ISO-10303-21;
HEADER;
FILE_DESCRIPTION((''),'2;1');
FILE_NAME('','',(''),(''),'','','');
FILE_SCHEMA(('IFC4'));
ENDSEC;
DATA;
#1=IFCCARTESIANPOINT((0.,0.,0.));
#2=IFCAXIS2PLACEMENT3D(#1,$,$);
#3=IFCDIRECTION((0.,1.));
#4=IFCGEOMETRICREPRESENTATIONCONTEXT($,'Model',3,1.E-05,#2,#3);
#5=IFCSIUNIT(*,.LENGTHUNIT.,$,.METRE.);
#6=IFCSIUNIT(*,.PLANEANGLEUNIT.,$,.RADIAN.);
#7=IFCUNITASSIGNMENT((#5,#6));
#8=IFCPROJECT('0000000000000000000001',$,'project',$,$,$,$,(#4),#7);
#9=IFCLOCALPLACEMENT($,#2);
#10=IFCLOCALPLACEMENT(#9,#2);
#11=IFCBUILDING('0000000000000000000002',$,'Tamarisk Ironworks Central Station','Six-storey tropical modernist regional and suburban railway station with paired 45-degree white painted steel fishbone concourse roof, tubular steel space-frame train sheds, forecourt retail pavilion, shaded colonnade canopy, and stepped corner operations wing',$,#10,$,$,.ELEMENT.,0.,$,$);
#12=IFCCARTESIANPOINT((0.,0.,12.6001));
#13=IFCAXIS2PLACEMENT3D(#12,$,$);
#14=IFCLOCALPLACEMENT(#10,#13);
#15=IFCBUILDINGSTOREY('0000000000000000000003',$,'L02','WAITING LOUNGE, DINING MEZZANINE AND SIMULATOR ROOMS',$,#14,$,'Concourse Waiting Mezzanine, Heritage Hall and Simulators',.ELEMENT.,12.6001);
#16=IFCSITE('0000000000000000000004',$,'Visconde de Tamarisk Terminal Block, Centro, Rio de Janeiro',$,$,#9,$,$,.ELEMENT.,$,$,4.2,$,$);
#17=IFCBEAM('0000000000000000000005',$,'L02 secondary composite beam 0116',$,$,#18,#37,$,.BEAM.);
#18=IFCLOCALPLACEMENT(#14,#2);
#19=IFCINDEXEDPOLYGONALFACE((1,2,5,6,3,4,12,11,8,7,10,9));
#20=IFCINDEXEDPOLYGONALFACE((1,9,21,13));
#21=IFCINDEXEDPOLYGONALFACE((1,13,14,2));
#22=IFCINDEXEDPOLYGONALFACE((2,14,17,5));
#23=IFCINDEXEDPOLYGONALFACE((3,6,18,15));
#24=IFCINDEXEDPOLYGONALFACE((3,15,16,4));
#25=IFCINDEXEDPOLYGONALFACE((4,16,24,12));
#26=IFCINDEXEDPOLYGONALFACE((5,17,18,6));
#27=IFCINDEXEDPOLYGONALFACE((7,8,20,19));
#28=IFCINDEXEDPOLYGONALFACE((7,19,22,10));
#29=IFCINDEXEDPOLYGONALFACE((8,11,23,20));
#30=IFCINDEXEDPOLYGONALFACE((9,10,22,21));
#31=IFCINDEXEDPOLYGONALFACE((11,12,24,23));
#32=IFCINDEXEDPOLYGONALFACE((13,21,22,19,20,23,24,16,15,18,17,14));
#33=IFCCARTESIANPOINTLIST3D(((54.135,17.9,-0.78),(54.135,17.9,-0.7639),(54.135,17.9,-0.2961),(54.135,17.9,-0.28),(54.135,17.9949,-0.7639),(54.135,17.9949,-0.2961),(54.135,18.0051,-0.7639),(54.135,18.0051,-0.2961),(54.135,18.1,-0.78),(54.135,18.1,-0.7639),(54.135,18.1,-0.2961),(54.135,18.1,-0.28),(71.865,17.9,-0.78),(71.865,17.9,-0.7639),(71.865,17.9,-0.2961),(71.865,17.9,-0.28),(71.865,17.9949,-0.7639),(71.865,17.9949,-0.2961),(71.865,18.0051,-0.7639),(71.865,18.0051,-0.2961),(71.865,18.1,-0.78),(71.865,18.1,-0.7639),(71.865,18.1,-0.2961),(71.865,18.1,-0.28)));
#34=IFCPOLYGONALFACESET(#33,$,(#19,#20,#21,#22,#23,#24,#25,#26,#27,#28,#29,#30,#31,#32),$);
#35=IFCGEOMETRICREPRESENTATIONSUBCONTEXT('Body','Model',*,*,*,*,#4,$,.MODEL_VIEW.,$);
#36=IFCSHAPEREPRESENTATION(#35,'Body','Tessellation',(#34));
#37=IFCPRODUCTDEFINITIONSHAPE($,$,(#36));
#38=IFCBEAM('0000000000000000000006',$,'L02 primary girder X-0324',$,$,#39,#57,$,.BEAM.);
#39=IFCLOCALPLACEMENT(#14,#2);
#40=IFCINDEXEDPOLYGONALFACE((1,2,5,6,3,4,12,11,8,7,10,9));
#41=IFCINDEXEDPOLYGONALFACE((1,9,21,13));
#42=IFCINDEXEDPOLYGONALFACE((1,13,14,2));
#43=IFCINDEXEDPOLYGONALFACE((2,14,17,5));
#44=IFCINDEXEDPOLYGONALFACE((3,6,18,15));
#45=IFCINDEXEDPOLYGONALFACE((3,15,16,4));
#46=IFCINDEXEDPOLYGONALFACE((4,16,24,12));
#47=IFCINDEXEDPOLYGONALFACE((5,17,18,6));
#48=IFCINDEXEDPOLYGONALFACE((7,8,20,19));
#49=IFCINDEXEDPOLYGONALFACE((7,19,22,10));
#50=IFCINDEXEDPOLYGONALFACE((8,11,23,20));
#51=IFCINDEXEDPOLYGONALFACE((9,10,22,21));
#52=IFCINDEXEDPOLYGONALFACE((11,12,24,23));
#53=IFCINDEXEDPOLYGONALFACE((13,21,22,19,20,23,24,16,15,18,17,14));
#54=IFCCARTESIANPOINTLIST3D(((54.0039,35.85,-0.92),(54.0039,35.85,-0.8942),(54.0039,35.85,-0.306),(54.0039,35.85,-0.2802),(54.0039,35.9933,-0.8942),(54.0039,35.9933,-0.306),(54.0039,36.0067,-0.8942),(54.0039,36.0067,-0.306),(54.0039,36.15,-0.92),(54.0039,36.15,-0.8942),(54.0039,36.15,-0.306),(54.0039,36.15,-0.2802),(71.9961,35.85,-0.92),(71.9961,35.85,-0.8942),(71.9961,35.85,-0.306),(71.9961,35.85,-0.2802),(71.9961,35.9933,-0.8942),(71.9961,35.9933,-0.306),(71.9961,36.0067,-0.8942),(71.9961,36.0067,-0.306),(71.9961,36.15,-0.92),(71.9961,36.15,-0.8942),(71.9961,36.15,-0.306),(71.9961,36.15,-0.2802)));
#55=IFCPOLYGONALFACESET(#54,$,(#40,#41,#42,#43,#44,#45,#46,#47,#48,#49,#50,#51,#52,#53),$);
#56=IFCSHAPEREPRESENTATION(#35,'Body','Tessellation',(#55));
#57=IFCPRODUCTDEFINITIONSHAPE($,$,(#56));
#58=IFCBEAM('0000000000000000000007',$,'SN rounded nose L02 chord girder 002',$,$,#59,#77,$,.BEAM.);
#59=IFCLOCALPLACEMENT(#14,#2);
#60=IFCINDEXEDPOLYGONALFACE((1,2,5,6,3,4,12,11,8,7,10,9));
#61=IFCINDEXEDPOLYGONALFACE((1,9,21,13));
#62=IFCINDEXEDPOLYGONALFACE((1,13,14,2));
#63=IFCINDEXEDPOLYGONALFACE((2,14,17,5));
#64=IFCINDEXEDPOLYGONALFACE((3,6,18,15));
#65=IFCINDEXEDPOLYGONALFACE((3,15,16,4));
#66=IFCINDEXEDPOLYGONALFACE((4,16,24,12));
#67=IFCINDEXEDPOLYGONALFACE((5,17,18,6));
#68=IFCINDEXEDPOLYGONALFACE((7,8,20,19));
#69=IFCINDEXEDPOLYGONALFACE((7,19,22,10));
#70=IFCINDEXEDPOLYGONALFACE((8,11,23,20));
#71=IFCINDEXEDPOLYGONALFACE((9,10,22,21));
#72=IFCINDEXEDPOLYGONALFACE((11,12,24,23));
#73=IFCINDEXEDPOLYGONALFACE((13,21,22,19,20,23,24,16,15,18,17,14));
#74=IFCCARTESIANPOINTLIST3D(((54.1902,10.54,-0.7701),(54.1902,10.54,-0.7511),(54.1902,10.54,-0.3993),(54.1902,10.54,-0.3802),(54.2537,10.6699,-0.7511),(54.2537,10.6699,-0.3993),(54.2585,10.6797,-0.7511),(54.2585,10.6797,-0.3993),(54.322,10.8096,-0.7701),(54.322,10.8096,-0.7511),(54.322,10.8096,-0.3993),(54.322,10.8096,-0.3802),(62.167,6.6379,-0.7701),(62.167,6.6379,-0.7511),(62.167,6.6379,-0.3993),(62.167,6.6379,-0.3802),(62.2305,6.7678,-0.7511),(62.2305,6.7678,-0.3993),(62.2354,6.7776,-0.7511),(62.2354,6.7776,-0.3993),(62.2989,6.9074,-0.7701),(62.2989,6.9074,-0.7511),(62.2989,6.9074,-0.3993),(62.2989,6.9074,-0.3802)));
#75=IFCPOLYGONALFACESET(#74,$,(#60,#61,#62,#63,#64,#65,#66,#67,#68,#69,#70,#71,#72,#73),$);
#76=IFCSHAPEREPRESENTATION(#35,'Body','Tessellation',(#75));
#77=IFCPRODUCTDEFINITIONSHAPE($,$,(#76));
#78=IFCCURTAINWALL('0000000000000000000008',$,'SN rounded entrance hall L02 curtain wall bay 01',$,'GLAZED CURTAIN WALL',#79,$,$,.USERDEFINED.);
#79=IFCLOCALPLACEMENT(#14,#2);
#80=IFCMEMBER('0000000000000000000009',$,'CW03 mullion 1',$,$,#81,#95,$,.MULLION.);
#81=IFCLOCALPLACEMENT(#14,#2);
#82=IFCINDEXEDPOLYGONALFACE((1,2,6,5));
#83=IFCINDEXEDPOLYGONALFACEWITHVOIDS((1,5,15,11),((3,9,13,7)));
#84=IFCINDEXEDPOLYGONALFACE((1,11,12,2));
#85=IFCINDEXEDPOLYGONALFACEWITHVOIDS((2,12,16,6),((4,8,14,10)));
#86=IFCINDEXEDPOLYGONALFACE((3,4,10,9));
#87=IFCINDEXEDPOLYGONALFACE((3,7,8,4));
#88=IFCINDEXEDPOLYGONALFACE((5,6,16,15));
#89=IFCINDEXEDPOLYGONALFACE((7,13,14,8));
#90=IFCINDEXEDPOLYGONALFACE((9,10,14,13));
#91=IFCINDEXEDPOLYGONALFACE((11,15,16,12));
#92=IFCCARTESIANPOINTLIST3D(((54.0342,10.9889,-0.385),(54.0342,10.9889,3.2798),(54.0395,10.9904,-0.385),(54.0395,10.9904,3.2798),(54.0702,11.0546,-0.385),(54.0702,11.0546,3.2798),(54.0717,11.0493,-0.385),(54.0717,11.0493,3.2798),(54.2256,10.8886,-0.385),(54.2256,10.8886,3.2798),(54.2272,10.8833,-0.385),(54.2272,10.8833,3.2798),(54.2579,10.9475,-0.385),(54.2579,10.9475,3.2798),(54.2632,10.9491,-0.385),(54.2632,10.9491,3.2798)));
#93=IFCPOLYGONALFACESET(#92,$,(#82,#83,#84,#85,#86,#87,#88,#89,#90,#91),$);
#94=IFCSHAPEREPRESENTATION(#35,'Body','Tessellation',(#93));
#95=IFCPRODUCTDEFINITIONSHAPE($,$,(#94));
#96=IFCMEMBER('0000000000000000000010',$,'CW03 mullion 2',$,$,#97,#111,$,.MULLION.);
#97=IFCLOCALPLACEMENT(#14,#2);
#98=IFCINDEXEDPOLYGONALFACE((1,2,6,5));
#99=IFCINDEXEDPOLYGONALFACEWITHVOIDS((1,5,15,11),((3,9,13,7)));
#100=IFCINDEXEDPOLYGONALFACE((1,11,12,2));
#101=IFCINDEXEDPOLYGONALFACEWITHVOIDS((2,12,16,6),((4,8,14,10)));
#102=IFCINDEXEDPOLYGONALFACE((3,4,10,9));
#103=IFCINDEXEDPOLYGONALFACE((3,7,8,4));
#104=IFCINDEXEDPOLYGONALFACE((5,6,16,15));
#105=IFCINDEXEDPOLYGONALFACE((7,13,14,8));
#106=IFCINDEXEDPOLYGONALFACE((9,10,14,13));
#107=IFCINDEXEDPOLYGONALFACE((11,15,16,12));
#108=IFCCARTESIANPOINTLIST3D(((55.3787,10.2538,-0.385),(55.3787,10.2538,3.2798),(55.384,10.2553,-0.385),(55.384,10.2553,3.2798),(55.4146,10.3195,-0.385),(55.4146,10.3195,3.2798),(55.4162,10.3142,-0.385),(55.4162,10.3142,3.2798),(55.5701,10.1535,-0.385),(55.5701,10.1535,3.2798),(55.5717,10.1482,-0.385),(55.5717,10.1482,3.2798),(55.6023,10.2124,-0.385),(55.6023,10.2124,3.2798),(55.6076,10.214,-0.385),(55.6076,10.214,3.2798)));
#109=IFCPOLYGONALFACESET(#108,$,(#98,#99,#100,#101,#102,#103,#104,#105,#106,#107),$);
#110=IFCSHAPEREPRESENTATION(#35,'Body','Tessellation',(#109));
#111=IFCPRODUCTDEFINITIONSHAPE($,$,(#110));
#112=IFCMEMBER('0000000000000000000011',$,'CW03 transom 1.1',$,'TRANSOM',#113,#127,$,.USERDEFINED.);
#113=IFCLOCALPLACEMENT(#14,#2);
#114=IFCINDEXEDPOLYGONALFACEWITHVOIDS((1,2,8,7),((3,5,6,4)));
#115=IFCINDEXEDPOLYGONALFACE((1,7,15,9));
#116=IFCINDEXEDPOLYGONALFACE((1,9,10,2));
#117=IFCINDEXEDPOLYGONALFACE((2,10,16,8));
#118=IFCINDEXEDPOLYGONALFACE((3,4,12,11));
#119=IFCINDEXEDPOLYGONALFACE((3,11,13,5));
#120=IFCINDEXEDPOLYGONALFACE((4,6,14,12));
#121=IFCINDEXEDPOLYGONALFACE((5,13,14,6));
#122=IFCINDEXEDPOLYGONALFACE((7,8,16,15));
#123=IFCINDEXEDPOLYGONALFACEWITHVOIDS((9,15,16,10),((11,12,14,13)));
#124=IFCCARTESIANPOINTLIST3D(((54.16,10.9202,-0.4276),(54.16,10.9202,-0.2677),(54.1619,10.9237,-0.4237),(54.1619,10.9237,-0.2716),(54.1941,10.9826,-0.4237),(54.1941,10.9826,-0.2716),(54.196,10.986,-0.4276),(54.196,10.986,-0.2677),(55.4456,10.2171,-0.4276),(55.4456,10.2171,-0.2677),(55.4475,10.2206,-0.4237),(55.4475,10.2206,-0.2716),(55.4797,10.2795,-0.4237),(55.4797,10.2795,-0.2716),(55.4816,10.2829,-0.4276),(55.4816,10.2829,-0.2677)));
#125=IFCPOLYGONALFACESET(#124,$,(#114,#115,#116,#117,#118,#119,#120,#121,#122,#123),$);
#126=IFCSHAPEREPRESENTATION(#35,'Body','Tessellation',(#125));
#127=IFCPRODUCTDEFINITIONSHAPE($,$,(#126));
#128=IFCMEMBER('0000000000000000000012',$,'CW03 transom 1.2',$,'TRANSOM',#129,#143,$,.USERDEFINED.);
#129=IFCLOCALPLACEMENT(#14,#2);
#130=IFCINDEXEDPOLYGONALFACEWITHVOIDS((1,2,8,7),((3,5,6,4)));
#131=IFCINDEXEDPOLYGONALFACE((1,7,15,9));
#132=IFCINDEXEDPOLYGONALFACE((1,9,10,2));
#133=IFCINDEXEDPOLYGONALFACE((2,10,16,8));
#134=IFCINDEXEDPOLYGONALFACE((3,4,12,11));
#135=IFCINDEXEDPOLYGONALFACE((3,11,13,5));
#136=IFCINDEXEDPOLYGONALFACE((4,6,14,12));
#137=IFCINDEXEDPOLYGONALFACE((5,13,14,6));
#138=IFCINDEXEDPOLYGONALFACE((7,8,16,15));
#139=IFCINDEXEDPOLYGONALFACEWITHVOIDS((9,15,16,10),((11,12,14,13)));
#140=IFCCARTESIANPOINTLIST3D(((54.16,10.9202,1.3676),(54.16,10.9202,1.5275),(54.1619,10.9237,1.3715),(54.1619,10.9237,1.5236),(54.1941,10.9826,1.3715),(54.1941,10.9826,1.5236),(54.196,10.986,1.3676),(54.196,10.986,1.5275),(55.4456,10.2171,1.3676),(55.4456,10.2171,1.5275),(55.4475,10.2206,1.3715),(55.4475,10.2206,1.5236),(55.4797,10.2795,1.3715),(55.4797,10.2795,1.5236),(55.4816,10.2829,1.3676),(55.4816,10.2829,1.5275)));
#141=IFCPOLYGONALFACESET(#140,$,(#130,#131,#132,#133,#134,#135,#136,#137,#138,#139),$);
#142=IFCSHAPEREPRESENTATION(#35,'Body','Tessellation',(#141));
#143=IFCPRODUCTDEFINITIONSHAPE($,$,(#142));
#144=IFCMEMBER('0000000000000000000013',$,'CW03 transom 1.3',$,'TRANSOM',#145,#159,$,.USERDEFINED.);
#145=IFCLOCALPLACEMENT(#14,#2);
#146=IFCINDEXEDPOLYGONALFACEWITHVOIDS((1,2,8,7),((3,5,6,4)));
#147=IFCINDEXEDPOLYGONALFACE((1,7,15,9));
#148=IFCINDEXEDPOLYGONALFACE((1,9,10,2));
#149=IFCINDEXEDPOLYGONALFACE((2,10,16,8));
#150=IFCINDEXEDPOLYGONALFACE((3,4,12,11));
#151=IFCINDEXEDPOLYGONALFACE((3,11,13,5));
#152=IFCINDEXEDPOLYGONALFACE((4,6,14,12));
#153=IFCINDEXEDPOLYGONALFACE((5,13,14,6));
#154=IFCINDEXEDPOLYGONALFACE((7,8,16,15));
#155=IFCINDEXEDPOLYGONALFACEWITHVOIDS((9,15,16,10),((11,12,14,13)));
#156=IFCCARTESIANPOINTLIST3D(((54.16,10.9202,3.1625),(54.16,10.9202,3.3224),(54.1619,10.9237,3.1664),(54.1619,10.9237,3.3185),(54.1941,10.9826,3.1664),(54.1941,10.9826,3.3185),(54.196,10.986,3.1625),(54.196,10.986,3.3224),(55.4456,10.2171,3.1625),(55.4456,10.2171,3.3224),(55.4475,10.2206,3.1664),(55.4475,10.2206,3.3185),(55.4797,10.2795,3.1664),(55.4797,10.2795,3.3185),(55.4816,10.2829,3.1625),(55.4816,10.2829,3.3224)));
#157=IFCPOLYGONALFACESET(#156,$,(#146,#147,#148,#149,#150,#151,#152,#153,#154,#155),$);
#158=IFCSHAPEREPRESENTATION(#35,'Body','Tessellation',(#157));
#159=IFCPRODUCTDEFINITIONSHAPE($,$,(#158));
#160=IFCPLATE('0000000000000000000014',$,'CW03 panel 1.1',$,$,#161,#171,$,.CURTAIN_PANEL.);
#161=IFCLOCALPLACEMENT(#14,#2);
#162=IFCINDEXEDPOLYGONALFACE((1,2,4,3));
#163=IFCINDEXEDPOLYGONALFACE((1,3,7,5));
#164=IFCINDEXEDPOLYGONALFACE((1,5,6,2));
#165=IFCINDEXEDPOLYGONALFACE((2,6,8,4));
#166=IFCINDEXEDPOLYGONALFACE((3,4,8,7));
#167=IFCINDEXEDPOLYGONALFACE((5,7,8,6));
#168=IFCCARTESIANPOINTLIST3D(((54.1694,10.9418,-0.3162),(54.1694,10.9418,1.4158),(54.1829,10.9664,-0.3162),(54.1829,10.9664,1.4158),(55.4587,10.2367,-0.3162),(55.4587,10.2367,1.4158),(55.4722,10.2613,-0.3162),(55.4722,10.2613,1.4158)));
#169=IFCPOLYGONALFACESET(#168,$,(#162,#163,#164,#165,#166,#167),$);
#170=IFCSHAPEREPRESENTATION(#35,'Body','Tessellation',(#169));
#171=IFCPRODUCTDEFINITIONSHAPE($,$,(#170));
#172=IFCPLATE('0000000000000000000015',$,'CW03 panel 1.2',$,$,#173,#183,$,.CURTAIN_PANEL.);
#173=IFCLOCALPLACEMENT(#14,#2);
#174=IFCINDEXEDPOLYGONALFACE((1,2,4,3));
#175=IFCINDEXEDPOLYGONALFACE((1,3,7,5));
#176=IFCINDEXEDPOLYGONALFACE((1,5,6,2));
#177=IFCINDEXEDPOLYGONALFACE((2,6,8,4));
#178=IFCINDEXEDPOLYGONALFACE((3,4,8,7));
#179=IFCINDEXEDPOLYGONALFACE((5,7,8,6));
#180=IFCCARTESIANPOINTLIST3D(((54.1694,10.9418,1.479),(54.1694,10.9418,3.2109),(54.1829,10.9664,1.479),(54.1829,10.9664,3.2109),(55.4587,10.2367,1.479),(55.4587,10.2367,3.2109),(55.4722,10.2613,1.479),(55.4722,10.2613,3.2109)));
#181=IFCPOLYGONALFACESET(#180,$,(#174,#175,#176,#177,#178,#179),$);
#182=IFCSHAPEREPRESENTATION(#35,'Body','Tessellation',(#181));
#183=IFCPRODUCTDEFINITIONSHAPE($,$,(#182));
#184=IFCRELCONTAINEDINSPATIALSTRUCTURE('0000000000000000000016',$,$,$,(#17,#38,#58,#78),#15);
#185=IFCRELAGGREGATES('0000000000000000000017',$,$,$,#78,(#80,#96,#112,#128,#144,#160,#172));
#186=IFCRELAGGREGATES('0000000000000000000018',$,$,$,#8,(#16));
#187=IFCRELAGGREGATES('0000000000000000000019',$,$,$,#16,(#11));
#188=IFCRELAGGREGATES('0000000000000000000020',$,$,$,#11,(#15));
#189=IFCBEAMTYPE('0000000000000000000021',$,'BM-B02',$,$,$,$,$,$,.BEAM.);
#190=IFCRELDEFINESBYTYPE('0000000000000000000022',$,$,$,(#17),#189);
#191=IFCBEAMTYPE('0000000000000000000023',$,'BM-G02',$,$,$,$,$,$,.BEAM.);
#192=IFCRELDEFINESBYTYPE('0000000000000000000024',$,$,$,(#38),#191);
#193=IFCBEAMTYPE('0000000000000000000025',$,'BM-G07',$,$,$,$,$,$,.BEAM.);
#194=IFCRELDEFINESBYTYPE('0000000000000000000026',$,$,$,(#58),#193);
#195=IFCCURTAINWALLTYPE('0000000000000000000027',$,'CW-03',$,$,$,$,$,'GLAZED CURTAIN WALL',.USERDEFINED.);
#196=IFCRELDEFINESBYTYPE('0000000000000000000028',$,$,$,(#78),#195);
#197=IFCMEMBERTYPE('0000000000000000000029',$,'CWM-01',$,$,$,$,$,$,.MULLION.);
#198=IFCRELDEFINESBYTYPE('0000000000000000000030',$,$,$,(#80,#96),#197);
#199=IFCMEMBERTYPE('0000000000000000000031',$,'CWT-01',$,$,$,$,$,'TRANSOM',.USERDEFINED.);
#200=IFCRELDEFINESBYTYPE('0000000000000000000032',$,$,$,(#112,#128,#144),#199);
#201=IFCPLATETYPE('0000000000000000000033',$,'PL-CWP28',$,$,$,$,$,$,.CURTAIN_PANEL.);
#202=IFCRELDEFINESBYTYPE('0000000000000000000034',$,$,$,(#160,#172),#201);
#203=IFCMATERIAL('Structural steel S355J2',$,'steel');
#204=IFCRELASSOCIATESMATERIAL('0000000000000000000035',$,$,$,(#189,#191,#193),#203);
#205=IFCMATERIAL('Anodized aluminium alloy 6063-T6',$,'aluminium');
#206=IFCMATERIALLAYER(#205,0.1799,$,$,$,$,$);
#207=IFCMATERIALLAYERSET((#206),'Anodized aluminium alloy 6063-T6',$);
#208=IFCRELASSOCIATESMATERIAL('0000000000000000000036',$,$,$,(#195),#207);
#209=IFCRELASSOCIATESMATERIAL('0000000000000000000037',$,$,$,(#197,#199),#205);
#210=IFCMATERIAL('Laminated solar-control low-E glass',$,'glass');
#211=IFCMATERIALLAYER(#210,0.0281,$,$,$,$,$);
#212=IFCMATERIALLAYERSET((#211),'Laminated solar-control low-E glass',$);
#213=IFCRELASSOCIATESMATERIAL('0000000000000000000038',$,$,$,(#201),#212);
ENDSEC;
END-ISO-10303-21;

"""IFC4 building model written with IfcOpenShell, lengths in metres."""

from ifc_helpers import new_model, si_unit, direction, frame, origin, origin_2d, place, context, subcontext, project, spatial, rectangle, hollow_rectangle, i_section, extrude, material, layer, layer_set, material_profile, profile_set, type_object, element, aggregate, save


model = new_model("IFC4")

# Units and contexts
model_context = context("Model", 3, precision=1e-05, world=origin(), true_north=direction((0.0, 1.0)))
body_context = subcontext(model_context, "Body", "Model", "MODEL_VIEW")
ifc_project = project(units=[si_unit("LENGTHUNIT", "METRE"), si_unit("PLANEANGLEUNIT", "RADIAN")], contexts=[model_context])

# Site, building, storey
site_placement = place(None, origin())
site = spatial("IfcSite", under=ifc_project, at=site_placement, Name="Visconde de Tamarisk Terminal Block, Centro, Rio de Janeiro", CompositionType="ELEMENT", RefElevation=4.2)
building_placement = place(site_placement, origin())
building = spatial("IfcBuilding", under=site, at=building_placement, Name="Tamarisk Ironworks Central Station", Description="Six-storey tropical modernist regional and suburban railway station with paired 45-degree white painted steel fishbone concourse roof, tubular steel space-frame train sheds, forecourt retail pavilion, shaded colonnade canopy, and stepped corner operations wing", CompositionType="ELEMENT", ElevationOfRefHeight=0.0)
storey_placement = place(building_placement, frame((0.0, 0.0, 12.6001)))
storey = spatial("IfcBuildingStorey", under=building, at=storey_placement, Name="L02", Description="WAITING LOUNGE, DINING MEZZANINE AND SIMULATOR ROOMS", LongName="Concourse Waiting Mezzanine, Heritage Hall and Simulators", CompositionType="ELEMENT", Elevation=12.6001)

# Beams
ifc_material_1 = material(Name="Structural steel S355J2", Category="steel")
ifc_material_profile_1 = material_profile(ifc_material_1, i_section(OverallWidth=0.2, OverallDepth=0.5, WebThickness=0.0103, FlangeThickness=0.0161, at=origin_2d()), Name="IPE 500")
ifc_profile_set_1 = profile_set([ifc_material_profile_1], Name="Structural steel S355J2")
beam_type_1 = type_object("IfcBeamType", Name="BM-B02", PredefinedType="BEAM", material=ifc_profile_set_1)
beam_1_placement = place(storey_placement, frame((54.135, 18.0, -0.53), z_axis=(1.0, 0.0, 0.0), x_axis=(0.0, 1.0, 0.0)))
element("IfcBeam", 1, at=beam_1_placement, inside=storey, type_object=beam_type_1, Name="L02 secondary composite beam 0116", PredefinedType="BEAM", context=body_context, shape_type="SweptSolid", body=[
    extrude(i_section(OverallWidth=0.2, OverallDepth=0.5, WebThickness=0.0103, FlangeThickness=0.0161, at=origin_2d()), origin(), (0.0, 0.0, 1.0), 17.73),
])
ifc_material_profile_2 = material_profile(ifc_material_1, i_section(OverallWidth=0.3, OverallDepth=0.6399, WebThickness=0.0134, FlangeThickness=0.0259, at=origin_2d()), Name="HEA 650")
ifc_profile_set_2 = profile_set([ifc_material_profile_2], Name="Structural steel S355J2")
beam_type_2 = type_object("IfcBeamType", Name="BM-G02", PredefinedType="BEAM", material=ifc_profile_set_2)
beam_2_placement = place(storey_placement, frame((54.0039, 36.0, -0.6001), z_axis=(1.0, 0.0, 0.0), x_axis=(0.0, 1.0, 0.0)))
element("IfcBeam", 2, at=beam_2_placement, inside=storey, type_object=beam_type_2, Name="L02 primary girder X-0324", PredefinedType="BEAM", context=body_context, shape_type="SweptSolid", body=[
    extrude(i_section(OverallWidth=0.3, OverallDepth=0.6399, WebThickness=0.0134, FlangeThickness=0.0259, at=origin_2d()), origin(), (0.0, 0.0, 1.0), 17.9922),
])
ifc_material_profile_3 = material_profile(ifc_material_1, i_section(OverallWidth=0.3, OverallDepth=0.3899, WebThickness=0.011, FlangeThickness=0.019, at=origin_2d()), Name="HEA 400")
ifc_profile_set_3 = profile_set([ifc_material_profile_3], Name="Structural steel S355J2")
beam_type_3 = type_object("IfcBeamType", Name="BM-G07", PredefinedType="BEAM", material=ifc_profile_set_3)
beam_3_placement = place(storey_placement, frame((54.2561, 10.6748, -0.5752), z_axis=(0.898281, -0.439422, 0.0), x_axis=(0.439422, 0.898281, 0.0)))
element("IfcBeam", 3, at=beam_3_placement, inside=storey, type_object=beam_type_3, Name="SN rounded nose L02 chord girder 002", PredefinedType="BEAM", context=body_context, shape_type="SweptSolid", body=[
    extrude(i_section(OverallWidth=0.3, OverallDepth=0.3899, WebThickness=0.011, FlangeThickness=0.019, at=origin_2d()), origin(), (0.0, 0.0, 1.0), 8.8801),
])

# Curtain wall, members, plates
ifc_material_2 = material(Name="Anodized aluminium alloy 6063-T6", Category="aluminium")
ifc_layer_1 = layer(ifc_material_2, 0.1799)
ifc_layer_set_1 = layer_set([ifc_layer_1], Name="Anodized aluminium alloy 6063-T6")
curtain_wall_type = type_object("IfcCurtainWallType", Name="CW-03", ElementType="GLAZED CURTAIN WALL", PredefinedType="USERDEFINED", material=ifc_layer_set_1)
curtain_wall_placement = place(storey_placement, origin())
curtain_wall = element("IfcCurtainWall", 4, at=curtain_wall_placement, inside=storey, type_object=curtain_wall_type, Name="SN rounded entrance hall L02 curtain wall bay 01", ObjectType="GLAZED CURTAIN WALL", PredefinedType="USERDEFINED")
ifc_material_profile_4 = material_profile(ifc_material_2, hollow_rectangle(XDim=0.075, YDim=0.22, WallThickness=0.0039, at=origin_2d()), Name="ALUM 220x75")
ifc_profile_set_4 = profile_set([ifc_material_profile_4], Name="Anodized aluminium alloy 6063-T6")
member_type_1 = type_object("IfcMemberType", Name="CWM-01", PredefinedType="MULLION", material=ifc_profile_set_4)
member_1_placement = place(storey_placement, frame((54.1487, 10.969, -0.385), z_axis=(0.0, 0.0, 1.0), x_axis=(0.479805, 0.877375, 0.0)))
member_1 = element("IfcMember", 5, at=member_1_placement, type_object=member_type_1, Name="CW03 mullion 1", PredefinedType="MULLION", context=body_context, shape_type="SweptSolid", body=[
    extrude(hollow_rectangle(XDim=0.075, YDim=0.22, WallThickness=0.0039, at=origin_2d()), origin(), (0.0, 0.0, 1.0), 3.6648),
])
member_2_placement = place(storey_placement, frame((55.4932, 10.2339, -0.385), z_axis=(0.0, 0.0, 1.0), x_axis=(0.479805, 0.877375, 0.0)))
member_2 = element("IfcMember", 6, at=member_2_placement, type_object=member_type_1, Name="CW03 mullion 2", PredefinedType="MULLION", context=body_context, shape_type="SweptSolid", body=[
    extrude(hollow_rectangle(XDim=0.075, YDim=0.22, WallThickness=0.0039, at=origin_2d()), origin(), (0.0, 0.0, 1.0), 3.6648),
])
ifc_material_profile_5 = material_profile(ifc_material_2, hollow_rectangle(XDim=0.075, YDim=0.1599, WallThickness=0.0039, at=origin_2d()), Name="ALUM 160x75")
ifc_profile_set_5 = profile_set([ifc_material_profile_5], Name="Anodized aluminium alloy 6063-T6")
member_type_2 = type_object("IfcMemberType", Name="CWT-01", ElementType="TRANSOM", PredefinedType="USERDEFINED", material=ifc_profile_set_5)
member_3_placement = place(storey_placement, frame((54.178, 10.9531, -0.3477), z_axis=(0.87736, -0.479832, 0.0), x_axis=(0.479832, 0.87736, 0.0)))
member_3 = element("IfcMember", 7, at=member_3_placement, type_object=member_type_2, Name="CW03 transom 1.1", ObjectType="TRANSOM", PredefinedType="USERDEFINED", context=body_context, shape_type="SweptSolid", body=[
    extrude(hollow_rectangle(XDim=0.075, YDim=0.1599, WallThickness=0.0039, at=origin_2d()), origin(), (0.0, 0.0, 1.0), 1.4653),
])
member_4_placement = place(storey_placement, frame((54.178, 10.9531, 1.4475), z_axis=(0.87736, -0.479832, 0.0), x_axis=(0.479832, 0.87736, 0.0)))
member_4 = element("IfcMember", 8, at=member_4_placement, type_object=member_type_2, Name="CW03 transom 1.2", ObjectType="TRANSOM", PredefinedType="USERDEFINED", context=body_context, shape_type="SweptSolid", body=[
    extrude(hollow_rectangle(XDim=0.075, YDim=0.1599, WallThickness=0.0039, at=origin_2d()), origin(), (0.0, 0.0, 1.0), 1.4653),
])
member_5_placement = place(storey_placement, frame((54.178, 10.9531, 3.2424), z_axis=(0.87736, -0.479832, 0.0), x_axis=(0.479832, 0.87736, 0.0)))
member_5 = element("IfcMember", 9, at=member_5_placement, type_object=member_type_2, Name="CW03 transom 1.3", ObjectType="TRANSOM", PredefinedType="USERDEFINED", context=body_context, shape_type="SweptSolid", body=[
    extrude(hollow_rectangle(XDim=0.075, YDim=0.1599, WallThickness=0.0039, at=origin_2d()), origin(), (0.0, 0.0, 1.0), 1.4653),
])
ifc_material_3 = material(Name="Laminated solar-control low-E glass", Category="glass")
ifc_layer_2 = layer(ifc_material_3, 0.0281)
ifc_layer_set_2 = layer_set([ifc_layer_2], Name="Laminated solar-control low-E glass")
plate_type = type_object("IfcPlateType", Name="PL-CWP28", PredefinedType="CURTAIN_PANEL", material=ifc_layer_set_2)
plate_1_placement = place(storey_placement, frame((54.8208, 10.6016, -0.3162), z_axis=(0.0, 0.0, 1.0), x_axis=(0.877375, -0.479805, 0.0)))
plate_1 = element("IfcPlate", 10, at=plate_1_placement, type_object=plate_type, Name="CW03 panel 1.1", PredefinedType="CURTAIN_PANEL", context=body_context, shape_type="SweptSolid", body=[
    extrude(rectangle(XDim=1.4695, YDim=0.0281, at=origin_2d()), origin(), (0.0, 0.0, 1.0), 1.7319),
])
plate_2_placement = place(storey_placement, frame((54.8208, 10.6016, 1.479), z_axis=(0.0, 0.0, 1.0), x_axis=(0.877375, -0.479805, 0.0)))
plate_2 = element("IfcPlate", 11, at=plate_2_placement, type_object=plate_type, Name="CW03 panel 1.2", PredefinedType="CURTAIN_PANEL", context=body_context, shape_type="SweptSolid", body=[
    extrude(rectangle(XDim=1.4695, YDim=0.0281, at=origin_2d()), origin(), (0.0, 0.0, 1.0), 1.7319),
])
aggregate(curtain_wall, [member_1, member_2, member_3, member_4, member_5, plate_1, plate_2])

save(model, "model.ifc")
